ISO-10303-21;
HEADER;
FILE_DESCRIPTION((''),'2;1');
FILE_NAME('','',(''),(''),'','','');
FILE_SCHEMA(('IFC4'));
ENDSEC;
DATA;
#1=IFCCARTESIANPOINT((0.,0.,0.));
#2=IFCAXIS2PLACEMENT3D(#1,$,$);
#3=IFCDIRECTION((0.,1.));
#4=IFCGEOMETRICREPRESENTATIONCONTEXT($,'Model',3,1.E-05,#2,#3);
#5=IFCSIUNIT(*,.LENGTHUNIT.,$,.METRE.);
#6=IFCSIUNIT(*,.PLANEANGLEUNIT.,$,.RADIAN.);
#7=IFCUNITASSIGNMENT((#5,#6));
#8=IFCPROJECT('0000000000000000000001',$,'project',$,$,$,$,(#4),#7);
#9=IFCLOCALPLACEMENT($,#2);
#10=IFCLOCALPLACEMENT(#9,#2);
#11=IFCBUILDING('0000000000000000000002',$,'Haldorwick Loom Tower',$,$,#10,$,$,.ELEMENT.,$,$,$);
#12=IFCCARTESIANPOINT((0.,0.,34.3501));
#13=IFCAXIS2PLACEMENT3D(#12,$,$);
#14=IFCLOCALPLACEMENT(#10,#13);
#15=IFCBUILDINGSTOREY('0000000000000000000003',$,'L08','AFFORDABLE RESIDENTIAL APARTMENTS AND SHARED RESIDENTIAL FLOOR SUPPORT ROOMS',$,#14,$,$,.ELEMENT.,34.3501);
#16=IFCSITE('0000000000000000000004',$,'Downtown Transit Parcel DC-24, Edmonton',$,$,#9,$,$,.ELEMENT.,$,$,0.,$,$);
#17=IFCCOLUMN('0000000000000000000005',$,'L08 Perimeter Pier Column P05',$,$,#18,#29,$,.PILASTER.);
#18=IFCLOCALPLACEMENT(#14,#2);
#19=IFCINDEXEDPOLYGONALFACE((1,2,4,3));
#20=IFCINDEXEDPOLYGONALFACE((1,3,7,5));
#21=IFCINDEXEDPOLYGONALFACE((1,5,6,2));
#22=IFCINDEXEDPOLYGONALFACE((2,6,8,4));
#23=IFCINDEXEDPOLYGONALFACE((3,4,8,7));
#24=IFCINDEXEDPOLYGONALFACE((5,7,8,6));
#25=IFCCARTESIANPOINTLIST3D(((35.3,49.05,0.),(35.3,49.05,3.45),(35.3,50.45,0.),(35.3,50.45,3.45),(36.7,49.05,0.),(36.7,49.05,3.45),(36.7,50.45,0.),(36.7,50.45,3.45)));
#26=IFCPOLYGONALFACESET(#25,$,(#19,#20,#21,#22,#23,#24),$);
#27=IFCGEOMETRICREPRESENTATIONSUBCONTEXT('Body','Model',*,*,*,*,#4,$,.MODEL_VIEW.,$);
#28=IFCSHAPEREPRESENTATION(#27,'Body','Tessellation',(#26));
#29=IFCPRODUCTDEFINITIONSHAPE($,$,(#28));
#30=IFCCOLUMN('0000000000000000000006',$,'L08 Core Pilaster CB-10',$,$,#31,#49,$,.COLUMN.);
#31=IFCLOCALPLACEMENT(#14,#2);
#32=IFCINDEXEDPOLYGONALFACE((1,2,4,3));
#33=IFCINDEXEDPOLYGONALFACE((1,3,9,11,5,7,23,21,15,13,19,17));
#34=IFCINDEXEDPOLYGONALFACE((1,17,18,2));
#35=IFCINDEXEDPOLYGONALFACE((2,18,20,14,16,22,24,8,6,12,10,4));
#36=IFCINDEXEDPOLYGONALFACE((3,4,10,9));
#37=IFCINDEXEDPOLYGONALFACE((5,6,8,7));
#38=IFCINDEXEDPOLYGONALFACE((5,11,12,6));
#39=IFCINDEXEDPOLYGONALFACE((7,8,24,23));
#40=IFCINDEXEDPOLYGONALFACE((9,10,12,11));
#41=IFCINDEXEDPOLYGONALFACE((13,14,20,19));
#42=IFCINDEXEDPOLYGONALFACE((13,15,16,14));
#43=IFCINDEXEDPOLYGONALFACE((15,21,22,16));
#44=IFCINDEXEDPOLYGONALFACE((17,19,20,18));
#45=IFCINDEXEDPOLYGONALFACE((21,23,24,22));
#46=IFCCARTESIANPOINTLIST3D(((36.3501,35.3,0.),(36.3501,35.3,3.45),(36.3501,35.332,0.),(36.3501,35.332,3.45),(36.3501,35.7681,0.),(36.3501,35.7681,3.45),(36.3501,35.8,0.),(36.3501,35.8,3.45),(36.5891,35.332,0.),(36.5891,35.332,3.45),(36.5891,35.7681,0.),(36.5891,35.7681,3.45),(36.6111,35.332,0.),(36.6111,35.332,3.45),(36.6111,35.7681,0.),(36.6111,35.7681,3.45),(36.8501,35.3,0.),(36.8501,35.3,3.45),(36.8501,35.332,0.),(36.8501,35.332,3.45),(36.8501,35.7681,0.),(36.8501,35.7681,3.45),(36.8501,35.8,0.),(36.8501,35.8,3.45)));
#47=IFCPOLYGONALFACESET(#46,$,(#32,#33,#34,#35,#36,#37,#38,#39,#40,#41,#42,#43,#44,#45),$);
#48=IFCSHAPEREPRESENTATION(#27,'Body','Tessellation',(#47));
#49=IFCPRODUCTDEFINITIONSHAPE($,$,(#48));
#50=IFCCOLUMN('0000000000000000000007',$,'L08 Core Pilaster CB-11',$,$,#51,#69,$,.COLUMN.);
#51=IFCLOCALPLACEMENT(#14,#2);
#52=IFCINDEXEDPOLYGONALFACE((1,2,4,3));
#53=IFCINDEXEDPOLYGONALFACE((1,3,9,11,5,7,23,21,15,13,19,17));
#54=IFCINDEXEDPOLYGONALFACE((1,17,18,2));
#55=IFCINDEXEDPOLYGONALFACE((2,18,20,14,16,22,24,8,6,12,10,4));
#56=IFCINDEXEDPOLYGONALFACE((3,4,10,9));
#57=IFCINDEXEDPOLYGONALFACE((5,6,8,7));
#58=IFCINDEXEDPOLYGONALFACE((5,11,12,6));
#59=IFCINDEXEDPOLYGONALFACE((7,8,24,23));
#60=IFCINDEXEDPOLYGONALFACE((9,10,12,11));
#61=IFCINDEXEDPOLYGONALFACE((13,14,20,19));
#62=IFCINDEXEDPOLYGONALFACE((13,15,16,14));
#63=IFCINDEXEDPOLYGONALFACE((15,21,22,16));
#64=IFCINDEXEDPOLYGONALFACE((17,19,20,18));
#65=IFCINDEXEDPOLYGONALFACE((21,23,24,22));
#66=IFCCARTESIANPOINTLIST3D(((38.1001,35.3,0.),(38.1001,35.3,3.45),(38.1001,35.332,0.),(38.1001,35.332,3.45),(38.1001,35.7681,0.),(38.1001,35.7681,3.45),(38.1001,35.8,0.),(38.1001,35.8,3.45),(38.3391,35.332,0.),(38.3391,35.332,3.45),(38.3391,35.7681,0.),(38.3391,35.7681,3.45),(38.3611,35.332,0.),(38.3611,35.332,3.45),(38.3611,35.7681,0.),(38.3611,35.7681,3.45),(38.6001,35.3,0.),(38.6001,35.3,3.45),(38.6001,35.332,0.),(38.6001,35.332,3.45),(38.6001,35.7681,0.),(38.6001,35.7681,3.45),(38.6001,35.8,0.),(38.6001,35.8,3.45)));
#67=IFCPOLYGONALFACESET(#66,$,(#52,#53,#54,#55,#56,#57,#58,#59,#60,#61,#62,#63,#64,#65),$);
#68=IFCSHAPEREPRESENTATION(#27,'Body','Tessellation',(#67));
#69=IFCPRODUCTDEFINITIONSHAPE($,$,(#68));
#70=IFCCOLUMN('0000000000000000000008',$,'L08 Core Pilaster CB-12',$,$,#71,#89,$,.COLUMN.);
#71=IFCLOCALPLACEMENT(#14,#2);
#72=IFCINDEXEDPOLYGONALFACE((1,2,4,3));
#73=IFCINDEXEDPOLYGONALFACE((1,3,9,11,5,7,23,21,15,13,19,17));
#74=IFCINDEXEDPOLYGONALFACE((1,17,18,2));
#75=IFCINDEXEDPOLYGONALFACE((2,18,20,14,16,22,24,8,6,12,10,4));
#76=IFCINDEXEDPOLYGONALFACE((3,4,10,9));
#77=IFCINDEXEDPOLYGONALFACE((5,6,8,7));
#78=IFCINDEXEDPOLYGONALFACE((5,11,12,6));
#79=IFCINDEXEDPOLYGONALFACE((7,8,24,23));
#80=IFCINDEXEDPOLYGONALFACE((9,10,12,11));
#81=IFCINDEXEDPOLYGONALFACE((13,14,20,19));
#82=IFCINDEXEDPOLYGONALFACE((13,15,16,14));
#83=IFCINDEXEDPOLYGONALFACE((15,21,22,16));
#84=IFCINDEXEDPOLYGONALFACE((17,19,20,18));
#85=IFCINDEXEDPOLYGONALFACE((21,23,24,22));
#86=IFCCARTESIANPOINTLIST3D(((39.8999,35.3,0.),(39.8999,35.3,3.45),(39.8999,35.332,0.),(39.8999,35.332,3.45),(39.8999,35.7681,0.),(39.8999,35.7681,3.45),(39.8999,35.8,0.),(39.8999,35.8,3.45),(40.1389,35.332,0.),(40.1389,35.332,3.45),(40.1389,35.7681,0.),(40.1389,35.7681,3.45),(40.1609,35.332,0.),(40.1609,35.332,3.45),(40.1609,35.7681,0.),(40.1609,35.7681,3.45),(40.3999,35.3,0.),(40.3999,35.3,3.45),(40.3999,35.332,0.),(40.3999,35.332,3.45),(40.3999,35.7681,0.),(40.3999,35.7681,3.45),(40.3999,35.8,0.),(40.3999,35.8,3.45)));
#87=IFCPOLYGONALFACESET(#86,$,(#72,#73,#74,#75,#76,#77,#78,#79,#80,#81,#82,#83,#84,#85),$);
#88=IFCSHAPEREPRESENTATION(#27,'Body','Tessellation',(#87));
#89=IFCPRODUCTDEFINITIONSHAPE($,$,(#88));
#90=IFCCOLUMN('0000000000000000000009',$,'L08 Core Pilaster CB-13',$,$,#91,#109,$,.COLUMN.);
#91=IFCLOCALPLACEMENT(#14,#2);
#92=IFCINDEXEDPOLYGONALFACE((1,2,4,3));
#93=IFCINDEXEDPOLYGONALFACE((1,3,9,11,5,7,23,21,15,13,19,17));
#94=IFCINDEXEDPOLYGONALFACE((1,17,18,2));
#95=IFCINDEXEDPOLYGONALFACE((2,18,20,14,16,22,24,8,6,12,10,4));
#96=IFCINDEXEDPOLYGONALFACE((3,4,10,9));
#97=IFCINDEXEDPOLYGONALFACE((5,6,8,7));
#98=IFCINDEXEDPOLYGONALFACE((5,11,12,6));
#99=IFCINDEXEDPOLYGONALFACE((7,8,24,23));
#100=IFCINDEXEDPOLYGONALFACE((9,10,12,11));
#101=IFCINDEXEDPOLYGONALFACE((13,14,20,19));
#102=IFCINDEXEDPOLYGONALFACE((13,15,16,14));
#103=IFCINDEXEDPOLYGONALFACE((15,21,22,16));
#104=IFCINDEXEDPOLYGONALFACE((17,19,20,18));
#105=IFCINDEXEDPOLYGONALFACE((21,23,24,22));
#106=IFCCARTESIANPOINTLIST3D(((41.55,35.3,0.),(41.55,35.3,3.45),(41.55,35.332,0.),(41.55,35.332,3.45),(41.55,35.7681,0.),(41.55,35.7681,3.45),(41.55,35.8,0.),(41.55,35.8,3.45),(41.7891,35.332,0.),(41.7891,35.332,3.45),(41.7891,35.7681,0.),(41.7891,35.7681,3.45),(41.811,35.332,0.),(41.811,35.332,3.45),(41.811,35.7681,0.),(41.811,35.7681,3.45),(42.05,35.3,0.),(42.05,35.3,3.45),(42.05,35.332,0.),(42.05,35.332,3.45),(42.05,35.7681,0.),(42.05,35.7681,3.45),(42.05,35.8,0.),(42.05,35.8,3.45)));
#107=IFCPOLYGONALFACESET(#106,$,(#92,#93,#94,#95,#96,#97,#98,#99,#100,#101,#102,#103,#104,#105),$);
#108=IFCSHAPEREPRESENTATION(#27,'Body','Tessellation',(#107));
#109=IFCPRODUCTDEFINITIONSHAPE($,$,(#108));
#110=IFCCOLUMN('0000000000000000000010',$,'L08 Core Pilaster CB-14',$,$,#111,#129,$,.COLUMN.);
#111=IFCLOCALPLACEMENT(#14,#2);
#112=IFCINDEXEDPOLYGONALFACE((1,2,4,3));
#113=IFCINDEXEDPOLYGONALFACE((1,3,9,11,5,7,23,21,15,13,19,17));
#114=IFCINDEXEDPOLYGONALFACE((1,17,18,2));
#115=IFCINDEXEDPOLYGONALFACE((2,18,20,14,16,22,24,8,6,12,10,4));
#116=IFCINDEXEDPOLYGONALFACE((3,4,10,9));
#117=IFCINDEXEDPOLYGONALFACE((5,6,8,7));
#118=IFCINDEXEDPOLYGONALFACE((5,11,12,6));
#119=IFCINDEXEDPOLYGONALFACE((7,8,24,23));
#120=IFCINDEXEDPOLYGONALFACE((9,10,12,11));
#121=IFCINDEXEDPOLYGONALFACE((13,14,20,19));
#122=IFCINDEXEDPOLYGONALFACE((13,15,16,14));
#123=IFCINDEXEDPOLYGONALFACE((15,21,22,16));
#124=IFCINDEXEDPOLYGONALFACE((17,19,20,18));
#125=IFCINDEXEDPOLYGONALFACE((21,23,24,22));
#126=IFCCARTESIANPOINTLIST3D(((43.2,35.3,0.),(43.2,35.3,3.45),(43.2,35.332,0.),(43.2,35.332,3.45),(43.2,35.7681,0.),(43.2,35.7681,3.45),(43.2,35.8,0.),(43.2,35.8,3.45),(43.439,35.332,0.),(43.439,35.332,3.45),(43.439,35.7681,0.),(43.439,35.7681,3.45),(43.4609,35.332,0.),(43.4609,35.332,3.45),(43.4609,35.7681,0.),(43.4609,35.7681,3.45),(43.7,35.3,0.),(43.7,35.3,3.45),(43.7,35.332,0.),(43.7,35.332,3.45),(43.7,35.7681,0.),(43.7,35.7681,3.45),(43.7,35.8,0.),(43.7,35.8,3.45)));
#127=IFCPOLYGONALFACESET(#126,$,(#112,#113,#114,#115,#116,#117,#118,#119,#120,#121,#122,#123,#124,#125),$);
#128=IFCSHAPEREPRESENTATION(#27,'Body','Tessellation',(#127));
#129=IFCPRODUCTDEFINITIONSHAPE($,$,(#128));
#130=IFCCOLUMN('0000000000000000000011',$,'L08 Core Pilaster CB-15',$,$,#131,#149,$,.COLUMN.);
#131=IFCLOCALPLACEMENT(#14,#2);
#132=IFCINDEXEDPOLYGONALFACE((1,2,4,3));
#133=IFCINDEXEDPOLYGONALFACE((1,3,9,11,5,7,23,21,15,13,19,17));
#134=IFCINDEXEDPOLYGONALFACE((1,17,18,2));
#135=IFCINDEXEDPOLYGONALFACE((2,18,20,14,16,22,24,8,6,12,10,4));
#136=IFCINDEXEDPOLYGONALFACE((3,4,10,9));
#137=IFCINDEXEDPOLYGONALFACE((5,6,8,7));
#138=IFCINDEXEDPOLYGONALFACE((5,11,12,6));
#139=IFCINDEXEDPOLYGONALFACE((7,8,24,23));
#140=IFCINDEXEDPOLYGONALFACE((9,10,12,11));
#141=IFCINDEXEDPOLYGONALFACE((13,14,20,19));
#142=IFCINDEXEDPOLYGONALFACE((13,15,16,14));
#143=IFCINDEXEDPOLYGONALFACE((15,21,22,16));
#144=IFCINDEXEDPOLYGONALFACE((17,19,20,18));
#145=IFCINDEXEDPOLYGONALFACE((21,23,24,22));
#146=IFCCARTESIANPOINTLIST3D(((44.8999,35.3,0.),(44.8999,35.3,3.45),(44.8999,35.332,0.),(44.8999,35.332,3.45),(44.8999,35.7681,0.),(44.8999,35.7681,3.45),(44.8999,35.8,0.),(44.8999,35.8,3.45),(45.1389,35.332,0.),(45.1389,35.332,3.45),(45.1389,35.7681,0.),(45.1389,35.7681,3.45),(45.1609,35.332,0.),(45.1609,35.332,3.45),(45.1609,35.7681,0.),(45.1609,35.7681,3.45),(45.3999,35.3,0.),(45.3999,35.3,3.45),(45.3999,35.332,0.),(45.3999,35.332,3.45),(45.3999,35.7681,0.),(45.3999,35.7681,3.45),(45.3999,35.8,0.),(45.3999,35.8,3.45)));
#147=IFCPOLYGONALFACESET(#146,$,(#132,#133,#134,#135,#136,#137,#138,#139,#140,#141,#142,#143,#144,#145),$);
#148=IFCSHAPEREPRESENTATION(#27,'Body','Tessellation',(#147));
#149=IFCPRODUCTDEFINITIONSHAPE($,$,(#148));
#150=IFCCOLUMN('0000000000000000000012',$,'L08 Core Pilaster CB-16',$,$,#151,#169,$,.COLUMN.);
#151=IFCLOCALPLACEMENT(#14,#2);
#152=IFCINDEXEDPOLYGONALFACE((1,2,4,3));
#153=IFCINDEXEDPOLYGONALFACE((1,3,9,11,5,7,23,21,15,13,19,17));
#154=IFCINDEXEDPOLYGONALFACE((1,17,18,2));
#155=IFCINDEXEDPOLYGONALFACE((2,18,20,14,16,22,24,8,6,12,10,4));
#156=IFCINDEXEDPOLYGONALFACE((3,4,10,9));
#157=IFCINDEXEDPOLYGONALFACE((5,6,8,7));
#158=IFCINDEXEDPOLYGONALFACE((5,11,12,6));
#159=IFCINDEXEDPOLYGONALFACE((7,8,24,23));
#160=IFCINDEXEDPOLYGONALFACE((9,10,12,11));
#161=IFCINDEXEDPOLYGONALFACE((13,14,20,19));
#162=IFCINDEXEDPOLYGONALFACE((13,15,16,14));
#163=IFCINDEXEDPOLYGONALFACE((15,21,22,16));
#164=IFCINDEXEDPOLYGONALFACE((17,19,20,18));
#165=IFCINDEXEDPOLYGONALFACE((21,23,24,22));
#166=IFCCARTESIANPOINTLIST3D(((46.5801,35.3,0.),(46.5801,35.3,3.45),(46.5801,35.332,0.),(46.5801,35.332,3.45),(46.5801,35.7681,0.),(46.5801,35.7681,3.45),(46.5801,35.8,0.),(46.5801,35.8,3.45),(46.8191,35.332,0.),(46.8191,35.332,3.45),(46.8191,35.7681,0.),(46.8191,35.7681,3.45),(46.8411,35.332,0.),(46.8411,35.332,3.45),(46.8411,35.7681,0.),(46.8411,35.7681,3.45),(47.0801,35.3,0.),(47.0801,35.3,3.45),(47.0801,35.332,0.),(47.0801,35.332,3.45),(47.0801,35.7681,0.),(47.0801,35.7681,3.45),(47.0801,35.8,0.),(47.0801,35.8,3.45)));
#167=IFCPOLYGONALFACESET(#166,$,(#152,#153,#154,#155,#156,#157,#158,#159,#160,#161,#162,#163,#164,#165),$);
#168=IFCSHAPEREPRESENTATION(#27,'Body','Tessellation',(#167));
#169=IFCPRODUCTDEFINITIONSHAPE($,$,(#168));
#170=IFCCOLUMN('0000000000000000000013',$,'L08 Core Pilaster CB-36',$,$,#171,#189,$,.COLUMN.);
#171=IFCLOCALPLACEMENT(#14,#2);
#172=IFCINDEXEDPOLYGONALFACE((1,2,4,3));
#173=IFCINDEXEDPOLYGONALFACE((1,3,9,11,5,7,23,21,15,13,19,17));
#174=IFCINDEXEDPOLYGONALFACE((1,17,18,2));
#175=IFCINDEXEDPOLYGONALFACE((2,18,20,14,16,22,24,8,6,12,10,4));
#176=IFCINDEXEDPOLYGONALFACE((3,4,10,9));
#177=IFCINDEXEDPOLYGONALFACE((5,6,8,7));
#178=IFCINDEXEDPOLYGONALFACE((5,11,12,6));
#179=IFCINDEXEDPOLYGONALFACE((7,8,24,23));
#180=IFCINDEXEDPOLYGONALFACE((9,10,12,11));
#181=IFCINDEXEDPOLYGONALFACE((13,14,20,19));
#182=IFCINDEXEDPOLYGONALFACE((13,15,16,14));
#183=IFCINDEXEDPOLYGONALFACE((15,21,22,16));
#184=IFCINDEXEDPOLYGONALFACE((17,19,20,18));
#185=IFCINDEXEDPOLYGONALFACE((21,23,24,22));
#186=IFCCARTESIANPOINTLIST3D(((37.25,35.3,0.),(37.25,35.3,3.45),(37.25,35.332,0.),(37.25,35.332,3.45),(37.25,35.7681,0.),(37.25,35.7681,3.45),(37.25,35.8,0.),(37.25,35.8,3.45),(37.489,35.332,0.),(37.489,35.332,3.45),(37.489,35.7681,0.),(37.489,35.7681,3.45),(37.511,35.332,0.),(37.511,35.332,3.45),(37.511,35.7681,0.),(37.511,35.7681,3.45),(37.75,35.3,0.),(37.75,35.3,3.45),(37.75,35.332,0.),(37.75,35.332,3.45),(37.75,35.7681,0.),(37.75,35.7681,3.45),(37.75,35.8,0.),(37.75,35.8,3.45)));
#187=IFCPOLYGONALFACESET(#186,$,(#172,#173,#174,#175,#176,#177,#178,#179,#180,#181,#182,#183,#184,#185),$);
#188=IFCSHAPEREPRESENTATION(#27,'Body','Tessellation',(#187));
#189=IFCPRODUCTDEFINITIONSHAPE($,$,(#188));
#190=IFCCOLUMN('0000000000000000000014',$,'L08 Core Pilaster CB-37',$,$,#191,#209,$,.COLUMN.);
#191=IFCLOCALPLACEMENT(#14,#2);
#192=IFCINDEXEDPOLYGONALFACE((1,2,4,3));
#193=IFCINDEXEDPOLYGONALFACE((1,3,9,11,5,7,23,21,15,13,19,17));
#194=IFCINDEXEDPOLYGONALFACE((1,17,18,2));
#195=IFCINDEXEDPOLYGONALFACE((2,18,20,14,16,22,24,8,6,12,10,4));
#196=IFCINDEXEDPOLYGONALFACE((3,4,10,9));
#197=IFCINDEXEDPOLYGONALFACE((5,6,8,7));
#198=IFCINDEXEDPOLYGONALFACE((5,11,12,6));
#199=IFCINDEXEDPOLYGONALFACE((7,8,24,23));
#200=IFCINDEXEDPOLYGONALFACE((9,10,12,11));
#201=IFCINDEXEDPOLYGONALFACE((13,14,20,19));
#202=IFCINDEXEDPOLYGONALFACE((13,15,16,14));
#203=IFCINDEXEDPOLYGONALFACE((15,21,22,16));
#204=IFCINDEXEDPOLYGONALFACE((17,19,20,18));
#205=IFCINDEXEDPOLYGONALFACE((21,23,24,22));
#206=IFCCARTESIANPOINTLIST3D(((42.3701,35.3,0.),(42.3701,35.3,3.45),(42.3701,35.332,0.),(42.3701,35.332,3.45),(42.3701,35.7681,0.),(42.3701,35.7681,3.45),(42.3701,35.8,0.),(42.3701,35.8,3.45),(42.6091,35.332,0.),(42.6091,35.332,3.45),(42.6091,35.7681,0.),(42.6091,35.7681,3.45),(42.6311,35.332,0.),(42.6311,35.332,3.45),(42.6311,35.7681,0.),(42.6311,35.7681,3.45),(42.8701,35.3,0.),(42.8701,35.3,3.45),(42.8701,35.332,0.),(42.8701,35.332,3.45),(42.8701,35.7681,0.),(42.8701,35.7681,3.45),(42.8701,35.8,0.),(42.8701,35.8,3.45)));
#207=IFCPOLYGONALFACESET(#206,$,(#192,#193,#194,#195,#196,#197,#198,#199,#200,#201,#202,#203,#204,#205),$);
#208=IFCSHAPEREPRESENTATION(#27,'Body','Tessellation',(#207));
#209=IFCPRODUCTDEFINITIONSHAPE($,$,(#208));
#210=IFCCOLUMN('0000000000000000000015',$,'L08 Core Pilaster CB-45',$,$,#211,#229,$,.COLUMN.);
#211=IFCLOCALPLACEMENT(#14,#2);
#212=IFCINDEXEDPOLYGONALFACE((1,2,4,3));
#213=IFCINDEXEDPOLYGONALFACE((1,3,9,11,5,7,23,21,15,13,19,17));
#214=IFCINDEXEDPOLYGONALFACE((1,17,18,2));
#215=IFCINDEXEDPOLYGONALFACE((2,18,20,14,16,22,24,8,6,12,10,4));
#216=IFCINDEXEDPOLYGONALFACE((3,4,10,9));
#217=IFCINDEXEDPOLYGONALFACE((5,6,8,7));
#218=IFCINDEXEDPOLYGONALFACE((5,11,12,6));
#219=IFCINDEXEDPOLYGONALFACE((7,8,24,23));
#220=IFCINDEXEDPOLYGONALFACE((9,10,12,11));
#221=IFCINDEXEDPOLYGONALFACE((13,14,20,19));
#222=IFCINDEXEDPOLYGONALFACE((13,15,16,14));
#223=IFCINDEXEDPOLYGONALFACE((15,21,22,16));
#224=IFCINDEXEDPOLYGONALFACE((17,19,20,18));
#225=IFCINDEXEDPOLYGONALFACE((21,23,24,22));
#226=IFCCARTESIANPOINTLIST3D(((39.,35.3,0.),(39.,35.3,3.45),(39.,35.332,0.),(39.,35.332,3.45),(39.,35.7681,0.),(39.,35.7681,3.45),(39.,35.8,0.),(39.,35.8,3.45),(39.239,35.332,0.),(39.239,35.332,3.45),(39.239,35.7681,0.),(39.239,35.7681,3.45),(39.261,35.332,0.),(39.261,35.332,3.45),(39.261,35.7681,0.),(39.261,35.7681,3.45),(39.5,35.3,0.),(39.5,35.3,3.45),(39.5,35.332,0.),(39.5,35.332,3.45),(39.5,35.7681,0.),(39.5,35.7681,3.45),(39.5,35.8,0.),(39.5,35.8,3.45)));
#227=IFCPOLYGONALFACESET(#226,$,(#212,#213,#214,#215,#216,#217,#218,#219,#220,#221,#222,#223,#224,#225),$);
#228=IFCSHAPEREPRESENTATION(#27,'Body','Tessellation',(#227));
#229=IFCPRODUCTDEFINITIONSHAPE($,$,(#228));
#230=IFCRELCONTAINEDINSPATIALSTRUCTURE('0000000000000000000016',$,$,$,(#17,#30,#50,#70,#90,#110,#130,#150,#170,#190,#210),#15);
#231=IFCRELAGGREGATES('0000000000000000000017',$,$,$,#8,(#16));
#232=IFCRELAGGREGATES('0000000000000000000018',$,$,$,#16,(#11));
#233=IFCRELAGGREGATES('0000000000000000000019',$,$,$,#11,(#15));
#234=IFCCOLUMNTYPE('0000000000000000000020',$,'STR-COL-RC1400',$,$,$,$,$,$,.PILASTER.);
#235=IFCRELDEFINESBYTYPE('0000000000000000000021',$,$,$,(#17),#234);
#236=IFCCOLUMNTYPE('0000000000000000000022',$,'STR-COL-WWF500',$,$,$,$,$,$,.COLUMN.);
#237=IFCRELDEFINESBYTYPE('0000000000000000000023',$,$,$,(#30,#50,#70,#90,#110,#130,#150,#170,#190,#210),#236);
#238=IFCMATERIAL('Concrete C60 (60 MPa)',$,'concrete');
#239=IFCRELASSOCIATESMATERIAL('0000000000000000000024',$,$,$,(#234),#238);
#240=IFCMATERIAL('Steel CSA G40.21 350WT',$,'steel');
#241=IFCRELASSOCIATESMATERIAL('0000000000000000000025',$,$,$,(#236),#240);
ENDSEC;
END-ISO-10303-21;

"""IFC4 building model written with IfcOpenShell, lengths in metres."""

from ifc_helpers import new_model, si_unit, direction, frame, origin, origin_2d, place, context, subcontext, project, spatial, rectangle, i_section, extrude, material, material_profile, profile_set, type_object, element, save


model = new_model("IFC4")

# Units and contexts
model_context = context("Model", 3, precision=1e-05, world=origin(), true_north=direction((0.0, 1.0)))
body_context = subcontext(model_context, "Body", "Model", "MODEL_VIEW")
ifc_project = project(units=[si_unit("LENGTHUNIT", "METRE"), si_unit("PLANEANGLEUNIT", "RADIAN")], contexts=[model_context])

# Site, building, storey
site_placement = place(None, origin())
site = spatial("IfcSite", under=ifc_project, at=site_placement, Name="Downtown Transit Parcel DC-24, Edmonton", CompositionType="ELEMENT", RefElevation=0.0)
building_placement = place(site_placement, origin())
building = spatial("IfcBuilding", under=site, at=building_placement, Name="Haldorwick Loom Tower", CompositionType="ELEMENT")
storey_placement = place(building_placement, frame((0.0, 0.0, 34.3501)))
storey = spatial("IfcBuildingStorey", under=building, at=storey_placement, Name="L08", Description="AFFORDABLE RESIDENTIAL APARTMENTS AND SHARED RESIDENTIAL FLOOR SUPPORT ROOMS", CompositionType="ELEMENT", Elevation=34.3501)

# Columns
ifc_material_1 = material(Name="Concrete C60 (60 MPa)", Category="concrete")
ifc_material_profile_1 = material_profile(ifc_material_1, rectangle(XDim=1.3999, YDim=1.3999, at=origin_2d()), Name="RC1400X1400", Category="concrete")
ifc_profile_set_1 = profile_set([ifc_material_profile_1], Name="Concrete C60 (60 MPa)")
column_type_1 = type_object("IfcColumnType", Name="STR-COL-RC1400", PredefinedType="PILASTER", material=ifc_profile_set_1)
column_placement = place(storey_placement, frame((36.0, 49.75, 0.0), z_axis=(0.0, 0.0, 1.0), x_axis=(0.0, 1.0, 0.0)))
element("IfcColumn", 1, at=column_placement, inside=storey, type_object=column_type_1, Name="L08 Perimeter Pier Column P05", PredefinedType="PILASTER", context=body_context, shape_type="SweptSolid", body=[
    extrude(rectangle(XDim=1.3999, YDim=1.3999, at=origin_2d()), origin(), (0.0, 0.0, 1.0), 3.45),
])
ifc_material_2 = material(Name="Steel CSA G40.21 350WT", Category="steel")
ifc_material_profile_2 = material_profile(ifc_material_2, i_section(OverallWidth=0.5, OverallDepth=0.5, WebThickness=0.022, FlangeThickness=0.032, at=origin_2d()), Name="WWF500X500", Category="steel")
ifc_profile_set_2 = profile_set([ifc_material_profile_2], Name="Steel CSA G40.21 350WT")
column_type_2 = type_object("IfcColumnType", Name="STR-COL-WWF500", PredefinedType="COLUMN", material=ifc_profile_set_2)
for number, where, z_axis, x_axis, name in (
    (2, (36.6001, 35.55, 0.0), (0.0, 0.0, 1.0), (1.0, 0.0, 0.0), "L08 Core Pilaster CB-10"),
    (3, (38.3501, 35.55, 0.0), (0.0, 0.0, 1.0), (1.0, 0.0, 0.0), "L08 Core Pilaster CB-11"),
    (4, (40.1499, 35.55, 0.0), (0.0, 0.0, 1.0), (1.0, 0.0, 0.0), "L08 Core Pilaster CB-12"),
    (5, (41.8, 35.55, 0.0), (0.0, 0.0, 1.0), (1.0, 0.0, 0.0), "L08 Core Pilaster CB-13"),
    (6, (43.45, 35.55, 0.0), (0.0, 0.0, 1.0), (1.0, 0.0, 0.0), "L08 Core Pilaster CB-14"),
    (7, (45.1499, 35.55, 0.0), (0.0, 0.0, 1.0), (1.0, 0.0, 0.0), "L08 Core Pilaster CB-15"),
    (8, (46.8301, 35.55, 0.0), (0.0, 0.0, 1.0), (1.0, 0.0, 0.0), "L08 Core Pilaster CB-16"),
    (9, (37.5, 35.55, 0.0), (0.0, 0.0, 1.0), (1.0, 0.0, 0.0), "L08 Core Pilaster CB-36"),
    (10, (42.6201, 35.55, 0.0), (0.0, 0.0, 1.0), (1.0, 0.0, 0.0), "L08 Core Pilaster CB-37"),
    (11, (39.25, 35.55, 0.0), (0.0, 0.0, 1.0), (1.0, 0.0, 0.0), "L08 Core Pilaster CB-45"),
):
    element("IfcColumn", number, at=place(storey_placement, frame(where, z_axis=z_axis, x_axis=x_axis)), inside=storey, type_object=column_type_2, Name=name, PredefinedType="COLUMN", context=body_context, shape_type="SweptSolid", body=[
        extrude(i_section(OverallWidth=0.5, OverallDepth=0.5, WebThickness=0.022, FlangeThickness=0.032, at=origin_2d()), origin(), (0.0, 0.0, 1.0), 3.45),
    ])

save(model, "model.ifc")
